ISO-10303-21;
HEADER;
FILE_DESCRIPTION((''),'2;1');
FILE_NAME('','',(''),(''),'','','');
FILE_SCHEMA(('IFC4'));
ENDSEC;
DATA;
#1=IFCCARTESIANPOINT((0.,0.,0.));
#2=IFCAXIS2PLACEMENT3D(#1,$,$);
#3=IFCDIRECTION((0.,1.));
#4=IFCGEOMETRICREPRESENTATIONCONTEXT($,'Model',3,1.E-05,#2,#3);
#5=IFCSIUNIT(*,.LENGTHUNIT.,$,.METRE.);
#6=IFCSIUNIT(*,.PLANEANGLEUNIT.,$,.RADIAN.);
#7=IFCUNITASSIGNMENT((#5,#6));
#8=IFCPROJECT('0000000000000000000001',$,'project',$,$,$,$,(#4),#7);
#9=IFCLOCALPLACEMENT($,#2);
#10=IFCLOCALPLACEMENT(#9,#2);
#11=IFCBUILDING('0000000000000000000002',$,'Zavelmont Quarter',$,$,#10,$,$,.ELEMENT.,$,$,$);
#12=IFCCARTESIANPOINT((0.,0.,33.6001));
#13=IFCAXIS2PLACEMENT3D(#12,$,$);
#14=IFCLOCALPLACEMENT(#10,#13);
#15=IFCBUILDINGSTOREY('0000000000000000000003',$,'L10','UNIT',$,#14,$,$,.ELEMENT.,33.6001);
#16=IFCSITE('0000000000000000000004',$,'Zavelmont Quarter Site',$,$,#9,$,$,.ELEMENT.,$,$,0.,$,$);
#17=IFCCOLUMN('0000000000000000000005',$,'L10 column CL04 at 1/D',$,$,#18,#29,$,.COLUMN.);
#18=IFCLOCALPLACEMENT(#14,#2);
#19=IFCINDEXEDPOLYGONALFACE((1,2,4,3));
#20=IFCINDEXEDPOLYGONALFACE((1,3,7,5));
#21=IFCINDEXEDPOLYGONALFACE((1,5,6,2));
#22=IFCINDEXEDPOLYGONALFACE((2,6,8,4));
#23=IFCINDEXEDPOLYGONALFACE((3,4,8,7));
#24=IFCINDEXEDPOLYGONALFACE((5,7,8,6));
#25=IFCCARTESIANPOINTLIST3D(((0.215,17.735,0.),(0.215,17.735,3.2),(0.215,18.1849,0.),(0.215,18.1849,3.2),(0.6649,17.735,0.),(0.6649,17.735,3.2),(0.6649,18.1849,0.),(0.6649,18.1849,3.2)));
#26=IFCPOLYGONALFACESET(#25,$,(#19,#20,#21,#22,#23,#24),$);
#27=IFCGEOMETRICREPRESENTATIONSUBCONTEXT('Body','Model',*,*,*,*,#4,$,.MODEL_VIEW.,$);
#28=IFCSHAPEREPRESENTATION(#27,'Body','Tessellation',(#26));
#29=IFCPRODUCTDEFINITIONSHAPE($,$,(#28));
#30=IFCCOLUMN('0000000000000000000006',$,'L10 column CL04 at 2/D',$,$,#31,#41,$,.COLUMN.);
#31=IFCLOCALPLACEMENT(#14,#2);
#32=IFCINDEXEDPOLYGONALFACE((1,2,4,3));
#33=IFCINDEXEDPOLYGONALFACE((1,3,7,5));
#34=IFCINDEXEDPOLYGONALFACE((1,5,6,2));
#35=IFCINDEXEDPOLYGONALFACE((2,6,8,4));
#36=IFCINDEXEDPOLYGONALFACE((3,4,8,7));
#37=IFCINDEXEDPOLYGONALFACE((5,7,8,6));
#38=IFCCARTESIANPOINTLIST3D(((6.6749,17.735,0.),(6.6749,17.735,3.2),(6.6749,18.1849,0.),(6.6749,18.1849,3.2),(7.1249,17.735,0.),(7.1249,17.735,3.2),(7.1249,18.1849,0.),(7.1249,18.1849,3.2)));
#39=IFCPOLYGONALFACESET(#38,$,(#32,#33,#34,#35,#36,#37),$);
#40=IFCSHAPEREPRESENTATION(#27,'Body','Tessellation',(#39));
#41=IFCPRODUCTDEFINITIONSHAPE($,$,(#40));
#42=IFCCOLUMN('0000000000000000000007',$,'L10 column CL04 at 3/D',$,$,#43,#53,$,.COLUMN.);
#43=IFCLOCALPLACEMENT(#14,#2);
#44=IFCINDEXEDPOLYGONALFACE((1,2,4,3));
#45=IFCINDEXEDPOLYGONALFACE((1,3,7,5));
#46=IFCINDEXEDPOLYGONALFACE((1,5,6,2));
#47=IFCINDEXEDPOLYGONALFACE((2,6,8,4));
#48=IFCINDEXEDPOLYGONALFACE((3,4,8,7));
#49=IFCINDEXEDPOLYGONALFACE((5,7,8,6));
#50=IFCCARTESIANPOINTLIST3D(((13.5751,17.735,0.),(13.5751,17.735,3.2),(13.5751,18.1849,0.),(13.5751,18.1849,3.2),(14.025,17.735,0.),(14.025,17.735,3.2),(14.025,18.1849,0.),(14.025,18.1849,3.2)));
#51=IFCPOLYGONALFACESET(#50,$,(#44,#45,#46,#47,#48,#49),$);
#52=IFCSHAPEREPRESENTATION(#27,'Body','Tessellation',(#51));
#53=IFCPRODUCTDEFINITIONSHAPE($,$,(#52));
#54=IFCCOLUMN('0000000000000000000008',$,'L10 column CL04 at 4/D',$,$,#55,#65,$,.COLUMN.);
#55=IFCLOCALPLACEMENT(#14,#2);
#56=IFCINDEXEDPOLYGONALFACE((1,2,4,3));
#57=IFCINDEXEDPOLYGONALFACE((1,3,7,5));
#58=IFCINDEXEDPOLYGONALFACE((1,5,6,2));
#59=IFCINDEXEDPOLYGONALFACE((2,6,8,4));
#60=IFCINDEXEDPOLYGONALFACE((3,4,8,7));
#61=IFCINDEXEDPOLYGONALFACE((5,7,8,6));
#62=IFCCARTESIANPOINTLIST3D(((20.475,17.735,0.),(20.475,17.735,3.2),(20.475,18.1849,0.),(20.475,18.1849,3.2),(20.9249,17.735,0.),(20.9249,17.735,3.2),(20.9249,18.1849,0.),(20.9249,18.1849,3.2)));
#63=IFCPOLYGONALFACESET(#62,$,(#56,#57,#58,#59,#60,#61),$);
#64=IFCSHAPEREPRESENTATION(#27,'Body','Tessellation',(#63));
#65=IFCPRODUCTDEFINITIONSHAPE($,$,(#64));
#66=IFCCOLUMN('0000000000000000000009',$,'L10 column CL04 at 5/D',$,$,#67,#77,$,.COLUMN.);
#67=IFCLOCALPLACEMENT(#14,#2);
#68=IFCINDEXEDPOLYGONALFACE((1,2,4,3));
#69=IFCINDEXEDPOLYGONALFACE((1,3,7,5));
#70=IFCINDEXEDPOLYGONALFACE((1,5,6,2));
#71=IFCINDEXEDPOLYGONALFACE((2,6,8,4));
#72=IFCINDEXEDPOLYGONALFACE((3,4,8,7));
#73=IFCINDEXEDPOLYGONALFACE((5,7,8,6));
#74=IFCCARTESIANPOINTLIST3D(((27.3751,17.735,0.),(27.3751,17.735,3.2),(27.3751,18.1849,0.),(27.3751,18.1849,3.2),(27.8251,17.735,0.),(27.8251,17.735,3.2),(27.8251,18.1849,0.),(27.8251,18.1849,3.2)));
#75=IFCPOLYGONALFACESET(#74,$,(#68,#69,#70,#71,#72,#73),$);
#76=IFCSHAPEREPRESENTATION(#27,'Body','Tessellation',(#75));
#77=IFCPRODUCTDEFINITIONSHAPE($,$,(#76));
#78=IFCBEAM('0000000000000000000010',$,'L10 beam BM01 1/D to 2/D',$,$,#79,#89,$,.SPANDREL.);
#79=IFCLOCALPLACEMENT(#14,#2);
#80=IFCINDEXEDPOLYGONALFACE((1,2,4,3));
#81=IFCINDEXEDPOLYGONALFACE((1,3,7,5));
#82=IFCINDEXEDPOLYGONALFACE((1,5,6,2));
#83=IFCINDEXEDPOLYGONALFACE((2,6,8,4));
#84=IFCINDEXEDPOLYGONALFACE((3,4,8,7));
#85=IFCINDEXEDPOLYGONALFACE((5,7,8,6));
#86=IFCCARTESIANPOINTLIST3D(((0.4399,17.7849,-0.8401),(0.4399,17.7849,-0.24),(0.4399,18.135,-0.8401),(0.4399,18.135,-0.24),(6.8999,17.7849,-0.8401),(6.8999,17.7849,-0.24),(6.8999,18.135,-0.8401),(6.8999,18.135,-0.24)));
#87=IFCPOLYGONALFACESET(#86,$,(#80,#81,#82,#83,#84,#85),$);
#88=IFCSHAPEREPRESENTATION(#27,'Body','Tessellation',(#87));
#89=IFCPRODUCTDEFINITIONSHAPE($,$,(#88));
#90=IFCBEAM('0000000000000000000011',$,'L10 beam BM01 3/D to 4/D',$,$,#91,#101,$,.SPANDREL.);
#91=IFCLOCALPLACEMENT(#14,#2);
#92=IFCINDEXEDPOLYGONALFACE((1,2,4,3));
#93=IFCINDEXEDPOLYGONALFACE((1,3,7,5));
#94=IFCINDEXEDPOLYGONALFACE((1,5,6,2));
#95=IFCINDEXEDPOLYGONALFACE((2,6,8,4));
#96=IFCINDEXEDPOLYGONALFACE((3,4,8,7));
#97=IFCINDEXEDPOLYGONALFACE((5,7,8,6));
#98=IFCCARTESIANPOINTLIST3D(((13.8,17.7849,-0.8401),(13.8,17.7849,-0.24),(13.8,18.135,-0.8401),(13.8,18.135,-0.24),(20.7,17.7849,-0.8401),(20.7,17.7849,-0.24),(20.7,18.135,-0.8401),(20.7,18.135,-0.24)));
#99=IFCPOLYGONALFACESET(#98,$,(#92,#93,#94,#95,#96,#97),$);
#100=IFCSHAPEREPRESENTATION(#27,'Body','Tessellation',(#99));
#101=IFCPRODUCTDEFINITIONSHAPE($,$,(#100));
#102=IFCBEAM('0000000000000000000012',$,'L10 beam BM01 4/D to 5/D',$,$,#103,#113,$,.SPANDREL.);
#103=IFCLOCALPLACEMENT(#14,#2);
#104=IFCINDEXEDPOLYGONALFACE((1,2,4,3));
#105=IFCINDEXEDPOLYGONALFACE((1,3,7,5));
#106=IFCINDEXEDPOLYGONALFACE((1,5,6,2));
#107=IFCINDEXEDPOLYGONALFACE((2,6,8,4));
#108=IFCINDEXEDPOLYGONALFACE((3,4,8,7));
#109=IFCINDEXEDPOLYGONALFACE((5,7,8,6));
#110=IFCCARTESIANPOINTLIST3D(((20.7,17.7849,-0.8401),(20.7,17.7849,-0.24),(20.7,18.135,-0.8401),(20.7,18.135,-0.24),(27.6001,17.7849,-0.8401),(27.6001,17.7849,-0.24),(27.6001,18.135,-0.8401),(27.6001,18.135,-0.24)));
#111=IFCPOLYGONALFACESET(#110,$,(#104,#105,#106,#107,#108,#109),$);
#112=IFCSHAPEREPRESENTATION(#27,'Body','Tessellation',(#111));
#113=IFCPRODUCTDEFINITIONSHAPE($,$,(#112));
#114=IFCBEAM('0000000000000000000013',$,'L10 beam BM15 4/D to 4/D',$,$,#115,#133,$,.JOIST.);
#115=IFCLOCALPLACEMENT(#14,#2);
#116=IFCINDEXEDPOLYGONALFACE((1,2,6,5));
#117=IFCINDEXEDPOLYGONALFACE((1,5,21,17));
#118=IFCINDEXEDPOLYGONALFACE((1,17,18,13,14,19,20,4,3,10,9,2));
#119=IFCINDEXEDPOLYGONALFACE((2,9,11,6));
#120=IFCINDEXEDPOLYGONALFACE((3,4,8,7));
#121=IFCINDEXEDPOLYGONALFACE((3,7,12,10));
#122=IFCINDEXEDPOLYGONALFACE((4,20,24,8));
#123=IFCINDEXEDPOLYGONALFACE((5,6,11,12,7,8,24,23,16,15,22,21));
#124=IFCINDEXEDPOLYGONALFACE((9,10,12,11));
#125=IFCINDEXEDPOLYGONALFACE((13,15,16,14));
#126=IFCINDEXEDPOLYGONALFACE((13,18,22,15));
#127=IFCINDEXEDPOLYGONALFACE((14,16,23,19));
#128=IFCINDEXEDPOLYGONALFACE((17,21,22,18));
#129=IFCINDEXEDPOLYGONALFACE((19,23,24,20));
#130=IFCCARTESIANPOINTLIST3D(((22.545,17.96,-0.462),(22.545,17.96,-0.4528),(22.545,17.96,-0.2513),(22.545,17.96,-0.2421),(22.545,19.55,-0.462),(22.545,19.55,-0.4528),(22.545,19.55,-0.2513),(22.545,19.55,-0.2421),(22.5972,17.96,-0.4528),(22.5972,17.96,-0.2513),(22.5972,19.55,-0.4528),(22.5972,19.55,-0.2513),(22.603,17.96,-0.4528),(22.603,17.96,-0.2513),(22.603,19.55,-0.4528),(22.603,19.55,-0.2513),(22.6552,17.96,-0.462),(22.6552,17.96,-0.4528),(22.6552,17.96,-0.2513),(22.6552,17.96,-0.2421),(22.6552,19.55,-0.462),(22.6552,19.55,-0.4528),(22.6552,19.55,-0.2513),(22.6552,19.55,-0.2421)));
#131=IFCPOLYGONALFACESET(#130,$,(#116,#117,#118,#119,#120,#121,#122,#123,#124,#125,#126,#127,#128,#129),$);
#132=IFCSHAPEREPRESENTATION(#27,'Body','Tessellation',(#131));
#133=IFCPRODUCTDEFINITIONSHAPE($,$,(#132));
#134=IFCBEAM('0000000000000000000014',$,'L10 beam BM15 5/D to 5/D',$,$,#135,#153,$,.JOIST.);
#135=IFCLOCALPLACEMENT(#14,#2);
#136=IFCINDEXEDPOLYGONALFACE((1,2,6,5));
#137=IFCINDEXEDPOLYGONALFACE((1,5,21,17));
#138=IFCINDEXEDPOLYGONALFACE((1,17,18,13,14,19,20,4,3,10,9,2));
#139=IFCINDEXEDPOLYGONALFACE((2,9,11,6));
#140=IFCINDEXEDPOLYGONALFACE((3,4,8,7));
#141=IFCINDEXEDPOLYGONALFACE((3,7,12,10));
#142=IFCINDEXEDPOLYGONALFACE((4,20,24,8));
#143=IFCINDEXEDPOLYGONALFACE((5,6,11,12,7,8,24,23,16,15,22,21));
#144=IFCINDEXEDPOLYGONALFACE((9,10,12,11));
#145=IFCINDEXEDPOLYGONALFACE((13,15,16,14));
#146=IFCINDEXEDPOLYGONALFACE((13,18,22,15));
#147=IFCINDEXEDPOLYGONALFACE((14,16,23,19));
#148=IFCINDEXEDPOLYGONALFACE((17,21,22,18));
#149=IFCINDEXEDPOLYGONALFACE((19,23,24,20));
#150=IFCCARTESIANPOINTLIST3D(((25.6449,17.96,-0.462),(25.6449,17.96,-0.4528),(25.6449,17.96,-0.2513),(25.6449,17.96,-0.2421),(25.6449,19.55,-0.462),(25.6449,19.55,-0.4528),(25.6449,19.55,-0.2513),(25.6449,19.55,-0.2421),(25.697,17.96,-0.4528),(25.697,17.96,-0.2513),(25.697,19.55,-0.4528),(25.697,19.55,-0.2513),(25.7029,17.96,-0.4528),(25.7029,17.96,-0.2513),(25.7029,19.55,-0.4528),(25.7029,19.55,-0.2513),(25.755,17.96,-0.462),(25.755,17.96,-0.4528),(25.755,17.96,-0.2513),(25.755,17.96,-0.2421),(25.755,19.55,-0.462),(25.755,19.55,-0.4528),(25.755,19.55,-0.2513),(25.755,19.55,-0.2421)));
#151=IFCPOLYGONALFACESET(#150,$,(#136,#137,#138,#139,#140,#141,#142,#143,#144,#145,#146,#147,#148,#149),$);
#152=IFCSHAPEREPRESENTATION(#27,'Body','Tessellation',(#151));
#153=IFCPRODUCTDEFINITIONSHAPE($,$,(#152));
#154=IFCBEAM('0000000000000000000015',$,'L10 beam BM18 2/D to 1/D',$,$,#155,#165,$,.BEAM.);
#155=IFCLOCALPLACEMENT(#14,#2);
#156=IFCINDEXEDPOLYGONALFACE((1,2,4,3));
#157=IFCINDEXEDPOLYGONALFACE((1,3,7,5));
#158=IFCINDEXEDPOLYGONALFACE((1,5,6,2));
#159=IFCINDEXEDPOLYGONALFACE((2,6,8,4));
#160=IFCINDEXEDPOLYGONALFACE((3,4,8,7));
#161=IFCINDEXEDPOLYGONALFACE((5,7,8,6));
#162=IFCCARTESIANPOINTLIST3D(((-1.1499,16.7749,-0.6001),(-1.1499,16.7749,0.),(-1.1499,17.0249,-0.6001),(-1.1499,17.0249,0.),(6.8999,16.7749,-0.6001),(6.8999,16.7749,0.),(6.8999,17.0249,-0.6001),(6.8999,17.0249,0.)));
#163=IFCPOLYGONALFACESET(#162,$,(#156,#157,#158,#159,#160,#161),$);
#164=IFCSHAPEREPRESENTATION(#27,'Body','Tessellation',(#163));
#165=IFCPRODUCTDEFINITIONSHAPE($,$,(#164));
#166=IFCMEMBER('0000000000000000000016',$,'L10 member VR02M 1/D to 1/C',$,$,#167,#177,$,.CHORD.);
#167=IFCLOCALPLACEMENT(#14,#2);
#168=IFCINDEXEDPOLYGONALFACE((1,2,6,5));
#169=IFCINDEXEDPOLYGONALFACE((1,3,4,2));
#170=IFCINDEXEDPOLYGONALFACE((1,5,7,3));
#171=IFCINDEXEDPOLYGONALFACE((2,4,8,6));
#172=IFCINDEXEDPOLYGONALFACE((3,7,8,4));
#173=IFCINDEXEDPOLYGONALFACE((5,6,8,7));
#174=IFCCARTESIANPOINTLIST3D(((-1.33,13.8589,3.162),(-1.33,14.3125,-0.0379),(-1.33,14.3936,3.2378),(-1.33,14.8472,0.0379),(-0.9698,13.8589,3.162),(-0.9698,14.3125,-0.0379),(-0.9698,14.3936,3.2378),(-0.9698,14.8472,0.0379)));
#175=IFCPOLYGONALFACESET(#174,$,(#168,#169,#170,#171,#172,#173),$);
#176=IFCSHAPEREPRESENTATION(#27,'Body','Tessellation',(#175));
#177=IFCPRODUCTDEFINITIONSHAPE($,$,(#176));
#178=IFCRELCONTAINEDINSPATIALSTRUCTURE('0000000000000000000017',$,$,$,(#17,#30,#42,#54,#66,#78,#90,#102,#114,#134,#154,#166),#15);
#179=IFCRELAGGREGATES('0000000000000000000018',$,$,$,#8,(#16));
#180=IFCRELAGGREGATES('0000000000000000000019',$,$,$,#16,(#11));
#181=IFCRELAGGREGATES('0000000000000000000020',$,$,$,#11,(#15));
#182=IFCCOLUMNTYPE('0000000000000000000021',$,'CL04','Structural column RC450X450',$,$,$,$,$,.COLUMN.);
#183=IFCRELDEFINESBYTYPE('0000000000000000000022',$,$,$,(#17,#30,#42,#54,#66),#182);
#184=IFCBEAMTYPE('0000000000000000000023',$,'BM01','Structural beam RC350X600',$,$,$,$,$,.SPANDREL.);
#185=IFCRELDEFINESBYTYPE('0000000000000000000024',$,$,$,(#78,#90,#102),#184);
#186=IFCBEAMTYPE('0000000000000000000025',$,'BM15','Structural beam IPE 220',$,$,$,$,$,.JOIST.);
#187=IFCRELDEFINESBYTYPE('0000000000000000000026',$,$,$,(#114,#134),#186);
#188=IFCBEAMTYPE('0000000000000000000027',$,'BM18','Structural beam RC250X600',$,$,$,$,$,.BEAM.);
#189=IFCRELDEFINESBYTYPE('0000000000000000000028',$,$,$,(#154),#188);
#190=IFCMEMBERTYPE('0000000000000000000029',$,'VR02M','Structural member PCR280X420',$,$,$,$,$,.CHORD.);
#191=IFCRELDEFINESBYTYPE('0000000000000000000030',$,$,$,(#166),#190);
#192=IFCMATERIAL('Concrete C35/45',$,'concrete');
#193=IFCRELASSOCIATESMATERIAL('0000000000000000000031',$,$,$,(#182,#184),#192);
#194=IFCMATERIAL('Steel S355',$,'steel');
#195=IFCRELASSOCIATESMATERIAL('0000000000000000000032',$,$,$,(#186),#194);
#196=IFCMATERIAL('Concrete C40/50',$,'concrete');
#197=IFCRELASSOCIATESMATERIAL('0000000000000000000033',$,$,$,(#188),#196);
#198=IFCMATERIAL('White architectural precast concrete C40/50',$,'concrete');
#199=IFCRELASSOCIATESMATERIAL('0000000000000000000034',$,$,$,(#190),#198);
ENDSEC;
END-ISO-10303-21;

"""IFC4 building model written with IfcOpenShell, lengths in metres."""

from ifc_helpers import new_model, si_unit, direction, frame, origin, origin_2d, place, context, subcontext, project, spatial, rectangle, i_section, extrude, material, material_profile, profile_set, type_object, element, save


model = new_model("IFC4")

# Units and contexts
model_context = context("Model", 3, precision=1e-05, world=origin(), true_north=direction((0.0, 1.0)))
body_context = subcontext(model_context, "Body", "Model", "MODEL_VIEW")
ifc_project = project(units=[si_unit("LENGTHUNIT", "METRE"), si_unit("PLANEANGLEUNIT", "RADIAN")], contexts=[model_context])

# Site, building, storey
site_placement = place(None, origin())
site = spatial("IfcSite", under=ifc_project, at=site_placement, Name="Zavelmont Quarter Site", CompositionType="ELEMENT", RefElevation=0.0)
building_placement = place(site_placement, origin())
building = spatial("IfcBuilding", under=site, at=building_placement, Name="Zavelmont Quarter", CompositionType="ELEMENT")
storey_placement = place(building_placement, frame((0.0, 0.0, 33.6001)))
storey = spatial("IfcBuildingStorey", under=building, at=storey_placement, Name="L10", Description="UNIT", CompositionType="ELEMENT", Elevation=33.6001)

# Columns
ifc_material_1 = material(Name="Concrete C35/45", Category="concrete")
ifc_material_profile_1 = material_profile(ifc_material_1, rectangle(XDim=0.45, YDim=0.45, at=origin_2d()), Name="RC450X450")
ifc_profile_set_1 = profile_set([ifc_material_profile_1], Name="Concrete C35/45")
column_type = type_object("IfcColumnType", Name="CL04", Description="Structural column RC450X450", PredefinedType="COLUMN", material=ifc_profile_set_1)
for number, where, z_axis, x_axis, name in (
    (1, (0.4399, 17.96, 0.0), (0.0, 0.0, 1.0), (1.0, 0.0, 0.0), "L10 column CL04 at 1/D"),
    (2, (6.8999, 17.96, 0.0), (0.0, 0.0, 1.0), (1.0, 0.0, 0.0), "L10 column CL04 at 2/D"),
    (3, (13.8, 17.96, 0.0), (0.0, 0.0, 1.0), (1.0, 0.0, 0.0), "L10 column CL04 at 3/D"),
    (4, (20.7, 17.96, 0.0), (0.0, 0.0, 1.0), (1.0, 0.0, 0.0), "L10 column CL04 at 4/D"),
    (5, (27.6001, 17.96, 0.0), (0.0, 0.0, 1.0), (1.0, 0.0, 0.0), "L10 column CL04 at 5/D"),
):
    element("IfcColumn", number, at=place(storey_placement, frame(where, z_axis=z_axis, x_axis=x_axis)), inside=storey, type_object=column_type, Name=name, PredefinedType="COLUMN", context=body_context, shape_type="SweptSolid", body=[
        extrude(rectangle(XDim=0.45, YDim=0.45, at=origin_2d()), origin(), (0.0, 0.0, 1.0), 3.2),
    ])

# Beams
ifc_material_profile_2 = material_profile(ifc_material_1, rectangle(XDim=0.3501, YDim=0.6001, at=origin_2d()), Name="RC350X600")
ifc_profile_set_2 = profile_set([ifc_material_profile_2], Name="Concrete C35/45")
beam_type_1 = type_object("IfcBeamType", Name="BM01", Description="Structural beam RC350X600", PredefinedType="SPANDREL", material=ifc_profile_set_2)
beam_1_placement = place(storey_placement, frame((0.4399, 17.96, -0.54), z_axis=(1.0, 0.0, 0.0), x_axis=(0.0, 1.0, 0.0)))
element("IfcBeam", 6, at=beam_1_placement, inside=storey, type_object=beam_type_1, Name="L10 beam BM01 1/D to 2/D", PredefinedType="SPANDREL", context=body_context, shape_type="SweptSolid", body=[
    extrude(rectangle(XDim=0.3501, YDim=0.6001, at=origin_2d()), origin(), (0.0, 0.0, 1.0), 6.46),
])
beam_2_placement = place(storey_placement, frame((13.8, 17.96, -0.54), z_axis=(1.0, 0.0, 0.0), x_axis=(0.0, 1.0, 0.0)))
element("IfcBeam", 7, at=beam_2_placement, inside=storey, type_object=beam_type_1, Name="L10 beam BM01 3/D to 4/D", PredefinedType="SPANDREL", context=body_context, shape_type="SweptSolid", body=[
    extrude(rectangle(XDim=0.3501, YDim=0.6001, at=origin_2d()), origin(), (0.0, 0.0, 1.0), 6.8999),
])
beam_3_placement = place(storey_placement, frame((20.7, 17.96, -0.54), z_axis=(1.0, 0.0, 0.0), x_axis=(0.0, 1.0, 0.0)))
element("IfcBeam", 8, at=beam_3_placement, inside=storey, type_object=beam_type_1, Name="L10 beam BM01 4/D to 5/D", PredefinedType="SPANDREL", context=body_context, shape_type="SweptSolid", body=[
    extrude(rectangle(XDim=0.3501, YDim=0.6001, at=origin_2d()), origin(), (0.0, 0.0, 1.0), 6.9001),
])
ifc_material_2 = material(Name="Steel S355", Category="steel")
ifc_material_profile_3 = material_profile(ifc_material_2, i_section(OverallWidth=0.1101, OverallDepth=0.22, WebThickness=0.0059, FlangeThickness=0.0093, at=origin_2d()), Name="IPE 220")
ifc_profile_set_3 = profile_set([ifc_material_profile_3], Name="Steel S355")
beam_type_2 = type_object("IfcBeamType", Name="BM15", Description="Structural beam IPE 220", PredefinedType="JOIST", material=ifc_profile_set_3)
for number, where, z_axis, x_axis, name in (
    (9, (22.6001, 17.96, -0.3521), (0.0, 1.0, 0.0), (-1.0, 0.0, 0.0), "L10 beam BM15 4/D to 4/D"),
    (10, (25.7, 17.96, -0.3521), (0.0, 1.0, 0.0), (-1.0, 0.0, 0.0), "L10 beam BM15 5/D to 5/D"),
):
    element("IfcBeam", number, at=place(storey_placement, frame(where, z_axis=z_axis, x_axis=x_axis)), inside=storey, type_object=beam_type_2, Name=name, PredefinedType="JOIST", context=body_context, shape_type="SweptSolid", body=[
        extrude(i_section(OverallWidth=0.1101, OverallDepth=0.22, WebThickness=0.0059, FlangeThickness=0.0093, at=origin_2d()), origin(), (0.0, 0.0, 1.0), 1.5901),
    ])
ifc_material_3 = material(Name="Concrete C40/50", Category="concrete")
ifc_material_profile_4 = material_profile(ifc_material_3, rectangle(XDim=0.25, YDim=0.6001, at=origin_2d()), Name="RC250X600")
ifc_profile_set_4 = profile_set([ifc_material_profile_4], Name="Concrete C40/50")
beam_type_3 = type_object("IfcBeamType", Name="BM18", Description="Structural beam RC250X600", PredefinedType="BEAM", material=ifc_profile_set_4)
beam_4_placement = place(storey_placement, frame((6.8999, 16.8999, -0.3), z_axis=(-1.0, 0.0, 0.0), x_axis=(0.0, -1.0, 0.0)))
element("IfcBeam", 11, at=beam_4_placement, inside=storey, type_object=beam_type_3, Name="L10 beam BM18 2/D to 1/D", PredefinedType="BEAM", context=body_context, shape_type="SweptSolid", body=[
    extrude(rectangle(XDim=0.25, YDim=0.6001, at=origin_2d()), origin(), (0.0, 0.0, 1.0), 8.0498),
])

# Member
ifc_material_4 = material(Name="White architectural precast concrete C40/50", Category="concrete")
ifc_material_profile_5 = material_profile(ifc_material_4, rectangle(XDim=0.3601, YDim=0.54, at=origin_2d()), Name="PCR280X420")
ifc_profile_set_5 = profile_set([ifc_material_profile_5], Name="White architectural precast concrete C40/50")
member_type = type_object("IfcMemberType", Name="VR02M", Description="Structural member PCR280X420", PredefinedType="CHORD", material=ifc_profile_set_5)
member_placement = place(storey_placement, frame((-1.1499, 14.5798, 0.0), z_axis=(0.0, -0.140353, 0.990102), x_axis=(1.0, 0.0, 0.0)))
element("IfcMember", 12, at=member_placement, inside=storey, type_object=member_type, Name="L10 member VR02M 1/D to 1/C", PredefinedType="CHORD", context=body_context, shape_type="SweptSolid", body=[
    extrude(rectangle(XDim=0.3601, YDim=0.54, at=origin_2d()), origin(), (0.0, 0.0, 1.0), 3.2319),
])

save(model, "model.ifc")
